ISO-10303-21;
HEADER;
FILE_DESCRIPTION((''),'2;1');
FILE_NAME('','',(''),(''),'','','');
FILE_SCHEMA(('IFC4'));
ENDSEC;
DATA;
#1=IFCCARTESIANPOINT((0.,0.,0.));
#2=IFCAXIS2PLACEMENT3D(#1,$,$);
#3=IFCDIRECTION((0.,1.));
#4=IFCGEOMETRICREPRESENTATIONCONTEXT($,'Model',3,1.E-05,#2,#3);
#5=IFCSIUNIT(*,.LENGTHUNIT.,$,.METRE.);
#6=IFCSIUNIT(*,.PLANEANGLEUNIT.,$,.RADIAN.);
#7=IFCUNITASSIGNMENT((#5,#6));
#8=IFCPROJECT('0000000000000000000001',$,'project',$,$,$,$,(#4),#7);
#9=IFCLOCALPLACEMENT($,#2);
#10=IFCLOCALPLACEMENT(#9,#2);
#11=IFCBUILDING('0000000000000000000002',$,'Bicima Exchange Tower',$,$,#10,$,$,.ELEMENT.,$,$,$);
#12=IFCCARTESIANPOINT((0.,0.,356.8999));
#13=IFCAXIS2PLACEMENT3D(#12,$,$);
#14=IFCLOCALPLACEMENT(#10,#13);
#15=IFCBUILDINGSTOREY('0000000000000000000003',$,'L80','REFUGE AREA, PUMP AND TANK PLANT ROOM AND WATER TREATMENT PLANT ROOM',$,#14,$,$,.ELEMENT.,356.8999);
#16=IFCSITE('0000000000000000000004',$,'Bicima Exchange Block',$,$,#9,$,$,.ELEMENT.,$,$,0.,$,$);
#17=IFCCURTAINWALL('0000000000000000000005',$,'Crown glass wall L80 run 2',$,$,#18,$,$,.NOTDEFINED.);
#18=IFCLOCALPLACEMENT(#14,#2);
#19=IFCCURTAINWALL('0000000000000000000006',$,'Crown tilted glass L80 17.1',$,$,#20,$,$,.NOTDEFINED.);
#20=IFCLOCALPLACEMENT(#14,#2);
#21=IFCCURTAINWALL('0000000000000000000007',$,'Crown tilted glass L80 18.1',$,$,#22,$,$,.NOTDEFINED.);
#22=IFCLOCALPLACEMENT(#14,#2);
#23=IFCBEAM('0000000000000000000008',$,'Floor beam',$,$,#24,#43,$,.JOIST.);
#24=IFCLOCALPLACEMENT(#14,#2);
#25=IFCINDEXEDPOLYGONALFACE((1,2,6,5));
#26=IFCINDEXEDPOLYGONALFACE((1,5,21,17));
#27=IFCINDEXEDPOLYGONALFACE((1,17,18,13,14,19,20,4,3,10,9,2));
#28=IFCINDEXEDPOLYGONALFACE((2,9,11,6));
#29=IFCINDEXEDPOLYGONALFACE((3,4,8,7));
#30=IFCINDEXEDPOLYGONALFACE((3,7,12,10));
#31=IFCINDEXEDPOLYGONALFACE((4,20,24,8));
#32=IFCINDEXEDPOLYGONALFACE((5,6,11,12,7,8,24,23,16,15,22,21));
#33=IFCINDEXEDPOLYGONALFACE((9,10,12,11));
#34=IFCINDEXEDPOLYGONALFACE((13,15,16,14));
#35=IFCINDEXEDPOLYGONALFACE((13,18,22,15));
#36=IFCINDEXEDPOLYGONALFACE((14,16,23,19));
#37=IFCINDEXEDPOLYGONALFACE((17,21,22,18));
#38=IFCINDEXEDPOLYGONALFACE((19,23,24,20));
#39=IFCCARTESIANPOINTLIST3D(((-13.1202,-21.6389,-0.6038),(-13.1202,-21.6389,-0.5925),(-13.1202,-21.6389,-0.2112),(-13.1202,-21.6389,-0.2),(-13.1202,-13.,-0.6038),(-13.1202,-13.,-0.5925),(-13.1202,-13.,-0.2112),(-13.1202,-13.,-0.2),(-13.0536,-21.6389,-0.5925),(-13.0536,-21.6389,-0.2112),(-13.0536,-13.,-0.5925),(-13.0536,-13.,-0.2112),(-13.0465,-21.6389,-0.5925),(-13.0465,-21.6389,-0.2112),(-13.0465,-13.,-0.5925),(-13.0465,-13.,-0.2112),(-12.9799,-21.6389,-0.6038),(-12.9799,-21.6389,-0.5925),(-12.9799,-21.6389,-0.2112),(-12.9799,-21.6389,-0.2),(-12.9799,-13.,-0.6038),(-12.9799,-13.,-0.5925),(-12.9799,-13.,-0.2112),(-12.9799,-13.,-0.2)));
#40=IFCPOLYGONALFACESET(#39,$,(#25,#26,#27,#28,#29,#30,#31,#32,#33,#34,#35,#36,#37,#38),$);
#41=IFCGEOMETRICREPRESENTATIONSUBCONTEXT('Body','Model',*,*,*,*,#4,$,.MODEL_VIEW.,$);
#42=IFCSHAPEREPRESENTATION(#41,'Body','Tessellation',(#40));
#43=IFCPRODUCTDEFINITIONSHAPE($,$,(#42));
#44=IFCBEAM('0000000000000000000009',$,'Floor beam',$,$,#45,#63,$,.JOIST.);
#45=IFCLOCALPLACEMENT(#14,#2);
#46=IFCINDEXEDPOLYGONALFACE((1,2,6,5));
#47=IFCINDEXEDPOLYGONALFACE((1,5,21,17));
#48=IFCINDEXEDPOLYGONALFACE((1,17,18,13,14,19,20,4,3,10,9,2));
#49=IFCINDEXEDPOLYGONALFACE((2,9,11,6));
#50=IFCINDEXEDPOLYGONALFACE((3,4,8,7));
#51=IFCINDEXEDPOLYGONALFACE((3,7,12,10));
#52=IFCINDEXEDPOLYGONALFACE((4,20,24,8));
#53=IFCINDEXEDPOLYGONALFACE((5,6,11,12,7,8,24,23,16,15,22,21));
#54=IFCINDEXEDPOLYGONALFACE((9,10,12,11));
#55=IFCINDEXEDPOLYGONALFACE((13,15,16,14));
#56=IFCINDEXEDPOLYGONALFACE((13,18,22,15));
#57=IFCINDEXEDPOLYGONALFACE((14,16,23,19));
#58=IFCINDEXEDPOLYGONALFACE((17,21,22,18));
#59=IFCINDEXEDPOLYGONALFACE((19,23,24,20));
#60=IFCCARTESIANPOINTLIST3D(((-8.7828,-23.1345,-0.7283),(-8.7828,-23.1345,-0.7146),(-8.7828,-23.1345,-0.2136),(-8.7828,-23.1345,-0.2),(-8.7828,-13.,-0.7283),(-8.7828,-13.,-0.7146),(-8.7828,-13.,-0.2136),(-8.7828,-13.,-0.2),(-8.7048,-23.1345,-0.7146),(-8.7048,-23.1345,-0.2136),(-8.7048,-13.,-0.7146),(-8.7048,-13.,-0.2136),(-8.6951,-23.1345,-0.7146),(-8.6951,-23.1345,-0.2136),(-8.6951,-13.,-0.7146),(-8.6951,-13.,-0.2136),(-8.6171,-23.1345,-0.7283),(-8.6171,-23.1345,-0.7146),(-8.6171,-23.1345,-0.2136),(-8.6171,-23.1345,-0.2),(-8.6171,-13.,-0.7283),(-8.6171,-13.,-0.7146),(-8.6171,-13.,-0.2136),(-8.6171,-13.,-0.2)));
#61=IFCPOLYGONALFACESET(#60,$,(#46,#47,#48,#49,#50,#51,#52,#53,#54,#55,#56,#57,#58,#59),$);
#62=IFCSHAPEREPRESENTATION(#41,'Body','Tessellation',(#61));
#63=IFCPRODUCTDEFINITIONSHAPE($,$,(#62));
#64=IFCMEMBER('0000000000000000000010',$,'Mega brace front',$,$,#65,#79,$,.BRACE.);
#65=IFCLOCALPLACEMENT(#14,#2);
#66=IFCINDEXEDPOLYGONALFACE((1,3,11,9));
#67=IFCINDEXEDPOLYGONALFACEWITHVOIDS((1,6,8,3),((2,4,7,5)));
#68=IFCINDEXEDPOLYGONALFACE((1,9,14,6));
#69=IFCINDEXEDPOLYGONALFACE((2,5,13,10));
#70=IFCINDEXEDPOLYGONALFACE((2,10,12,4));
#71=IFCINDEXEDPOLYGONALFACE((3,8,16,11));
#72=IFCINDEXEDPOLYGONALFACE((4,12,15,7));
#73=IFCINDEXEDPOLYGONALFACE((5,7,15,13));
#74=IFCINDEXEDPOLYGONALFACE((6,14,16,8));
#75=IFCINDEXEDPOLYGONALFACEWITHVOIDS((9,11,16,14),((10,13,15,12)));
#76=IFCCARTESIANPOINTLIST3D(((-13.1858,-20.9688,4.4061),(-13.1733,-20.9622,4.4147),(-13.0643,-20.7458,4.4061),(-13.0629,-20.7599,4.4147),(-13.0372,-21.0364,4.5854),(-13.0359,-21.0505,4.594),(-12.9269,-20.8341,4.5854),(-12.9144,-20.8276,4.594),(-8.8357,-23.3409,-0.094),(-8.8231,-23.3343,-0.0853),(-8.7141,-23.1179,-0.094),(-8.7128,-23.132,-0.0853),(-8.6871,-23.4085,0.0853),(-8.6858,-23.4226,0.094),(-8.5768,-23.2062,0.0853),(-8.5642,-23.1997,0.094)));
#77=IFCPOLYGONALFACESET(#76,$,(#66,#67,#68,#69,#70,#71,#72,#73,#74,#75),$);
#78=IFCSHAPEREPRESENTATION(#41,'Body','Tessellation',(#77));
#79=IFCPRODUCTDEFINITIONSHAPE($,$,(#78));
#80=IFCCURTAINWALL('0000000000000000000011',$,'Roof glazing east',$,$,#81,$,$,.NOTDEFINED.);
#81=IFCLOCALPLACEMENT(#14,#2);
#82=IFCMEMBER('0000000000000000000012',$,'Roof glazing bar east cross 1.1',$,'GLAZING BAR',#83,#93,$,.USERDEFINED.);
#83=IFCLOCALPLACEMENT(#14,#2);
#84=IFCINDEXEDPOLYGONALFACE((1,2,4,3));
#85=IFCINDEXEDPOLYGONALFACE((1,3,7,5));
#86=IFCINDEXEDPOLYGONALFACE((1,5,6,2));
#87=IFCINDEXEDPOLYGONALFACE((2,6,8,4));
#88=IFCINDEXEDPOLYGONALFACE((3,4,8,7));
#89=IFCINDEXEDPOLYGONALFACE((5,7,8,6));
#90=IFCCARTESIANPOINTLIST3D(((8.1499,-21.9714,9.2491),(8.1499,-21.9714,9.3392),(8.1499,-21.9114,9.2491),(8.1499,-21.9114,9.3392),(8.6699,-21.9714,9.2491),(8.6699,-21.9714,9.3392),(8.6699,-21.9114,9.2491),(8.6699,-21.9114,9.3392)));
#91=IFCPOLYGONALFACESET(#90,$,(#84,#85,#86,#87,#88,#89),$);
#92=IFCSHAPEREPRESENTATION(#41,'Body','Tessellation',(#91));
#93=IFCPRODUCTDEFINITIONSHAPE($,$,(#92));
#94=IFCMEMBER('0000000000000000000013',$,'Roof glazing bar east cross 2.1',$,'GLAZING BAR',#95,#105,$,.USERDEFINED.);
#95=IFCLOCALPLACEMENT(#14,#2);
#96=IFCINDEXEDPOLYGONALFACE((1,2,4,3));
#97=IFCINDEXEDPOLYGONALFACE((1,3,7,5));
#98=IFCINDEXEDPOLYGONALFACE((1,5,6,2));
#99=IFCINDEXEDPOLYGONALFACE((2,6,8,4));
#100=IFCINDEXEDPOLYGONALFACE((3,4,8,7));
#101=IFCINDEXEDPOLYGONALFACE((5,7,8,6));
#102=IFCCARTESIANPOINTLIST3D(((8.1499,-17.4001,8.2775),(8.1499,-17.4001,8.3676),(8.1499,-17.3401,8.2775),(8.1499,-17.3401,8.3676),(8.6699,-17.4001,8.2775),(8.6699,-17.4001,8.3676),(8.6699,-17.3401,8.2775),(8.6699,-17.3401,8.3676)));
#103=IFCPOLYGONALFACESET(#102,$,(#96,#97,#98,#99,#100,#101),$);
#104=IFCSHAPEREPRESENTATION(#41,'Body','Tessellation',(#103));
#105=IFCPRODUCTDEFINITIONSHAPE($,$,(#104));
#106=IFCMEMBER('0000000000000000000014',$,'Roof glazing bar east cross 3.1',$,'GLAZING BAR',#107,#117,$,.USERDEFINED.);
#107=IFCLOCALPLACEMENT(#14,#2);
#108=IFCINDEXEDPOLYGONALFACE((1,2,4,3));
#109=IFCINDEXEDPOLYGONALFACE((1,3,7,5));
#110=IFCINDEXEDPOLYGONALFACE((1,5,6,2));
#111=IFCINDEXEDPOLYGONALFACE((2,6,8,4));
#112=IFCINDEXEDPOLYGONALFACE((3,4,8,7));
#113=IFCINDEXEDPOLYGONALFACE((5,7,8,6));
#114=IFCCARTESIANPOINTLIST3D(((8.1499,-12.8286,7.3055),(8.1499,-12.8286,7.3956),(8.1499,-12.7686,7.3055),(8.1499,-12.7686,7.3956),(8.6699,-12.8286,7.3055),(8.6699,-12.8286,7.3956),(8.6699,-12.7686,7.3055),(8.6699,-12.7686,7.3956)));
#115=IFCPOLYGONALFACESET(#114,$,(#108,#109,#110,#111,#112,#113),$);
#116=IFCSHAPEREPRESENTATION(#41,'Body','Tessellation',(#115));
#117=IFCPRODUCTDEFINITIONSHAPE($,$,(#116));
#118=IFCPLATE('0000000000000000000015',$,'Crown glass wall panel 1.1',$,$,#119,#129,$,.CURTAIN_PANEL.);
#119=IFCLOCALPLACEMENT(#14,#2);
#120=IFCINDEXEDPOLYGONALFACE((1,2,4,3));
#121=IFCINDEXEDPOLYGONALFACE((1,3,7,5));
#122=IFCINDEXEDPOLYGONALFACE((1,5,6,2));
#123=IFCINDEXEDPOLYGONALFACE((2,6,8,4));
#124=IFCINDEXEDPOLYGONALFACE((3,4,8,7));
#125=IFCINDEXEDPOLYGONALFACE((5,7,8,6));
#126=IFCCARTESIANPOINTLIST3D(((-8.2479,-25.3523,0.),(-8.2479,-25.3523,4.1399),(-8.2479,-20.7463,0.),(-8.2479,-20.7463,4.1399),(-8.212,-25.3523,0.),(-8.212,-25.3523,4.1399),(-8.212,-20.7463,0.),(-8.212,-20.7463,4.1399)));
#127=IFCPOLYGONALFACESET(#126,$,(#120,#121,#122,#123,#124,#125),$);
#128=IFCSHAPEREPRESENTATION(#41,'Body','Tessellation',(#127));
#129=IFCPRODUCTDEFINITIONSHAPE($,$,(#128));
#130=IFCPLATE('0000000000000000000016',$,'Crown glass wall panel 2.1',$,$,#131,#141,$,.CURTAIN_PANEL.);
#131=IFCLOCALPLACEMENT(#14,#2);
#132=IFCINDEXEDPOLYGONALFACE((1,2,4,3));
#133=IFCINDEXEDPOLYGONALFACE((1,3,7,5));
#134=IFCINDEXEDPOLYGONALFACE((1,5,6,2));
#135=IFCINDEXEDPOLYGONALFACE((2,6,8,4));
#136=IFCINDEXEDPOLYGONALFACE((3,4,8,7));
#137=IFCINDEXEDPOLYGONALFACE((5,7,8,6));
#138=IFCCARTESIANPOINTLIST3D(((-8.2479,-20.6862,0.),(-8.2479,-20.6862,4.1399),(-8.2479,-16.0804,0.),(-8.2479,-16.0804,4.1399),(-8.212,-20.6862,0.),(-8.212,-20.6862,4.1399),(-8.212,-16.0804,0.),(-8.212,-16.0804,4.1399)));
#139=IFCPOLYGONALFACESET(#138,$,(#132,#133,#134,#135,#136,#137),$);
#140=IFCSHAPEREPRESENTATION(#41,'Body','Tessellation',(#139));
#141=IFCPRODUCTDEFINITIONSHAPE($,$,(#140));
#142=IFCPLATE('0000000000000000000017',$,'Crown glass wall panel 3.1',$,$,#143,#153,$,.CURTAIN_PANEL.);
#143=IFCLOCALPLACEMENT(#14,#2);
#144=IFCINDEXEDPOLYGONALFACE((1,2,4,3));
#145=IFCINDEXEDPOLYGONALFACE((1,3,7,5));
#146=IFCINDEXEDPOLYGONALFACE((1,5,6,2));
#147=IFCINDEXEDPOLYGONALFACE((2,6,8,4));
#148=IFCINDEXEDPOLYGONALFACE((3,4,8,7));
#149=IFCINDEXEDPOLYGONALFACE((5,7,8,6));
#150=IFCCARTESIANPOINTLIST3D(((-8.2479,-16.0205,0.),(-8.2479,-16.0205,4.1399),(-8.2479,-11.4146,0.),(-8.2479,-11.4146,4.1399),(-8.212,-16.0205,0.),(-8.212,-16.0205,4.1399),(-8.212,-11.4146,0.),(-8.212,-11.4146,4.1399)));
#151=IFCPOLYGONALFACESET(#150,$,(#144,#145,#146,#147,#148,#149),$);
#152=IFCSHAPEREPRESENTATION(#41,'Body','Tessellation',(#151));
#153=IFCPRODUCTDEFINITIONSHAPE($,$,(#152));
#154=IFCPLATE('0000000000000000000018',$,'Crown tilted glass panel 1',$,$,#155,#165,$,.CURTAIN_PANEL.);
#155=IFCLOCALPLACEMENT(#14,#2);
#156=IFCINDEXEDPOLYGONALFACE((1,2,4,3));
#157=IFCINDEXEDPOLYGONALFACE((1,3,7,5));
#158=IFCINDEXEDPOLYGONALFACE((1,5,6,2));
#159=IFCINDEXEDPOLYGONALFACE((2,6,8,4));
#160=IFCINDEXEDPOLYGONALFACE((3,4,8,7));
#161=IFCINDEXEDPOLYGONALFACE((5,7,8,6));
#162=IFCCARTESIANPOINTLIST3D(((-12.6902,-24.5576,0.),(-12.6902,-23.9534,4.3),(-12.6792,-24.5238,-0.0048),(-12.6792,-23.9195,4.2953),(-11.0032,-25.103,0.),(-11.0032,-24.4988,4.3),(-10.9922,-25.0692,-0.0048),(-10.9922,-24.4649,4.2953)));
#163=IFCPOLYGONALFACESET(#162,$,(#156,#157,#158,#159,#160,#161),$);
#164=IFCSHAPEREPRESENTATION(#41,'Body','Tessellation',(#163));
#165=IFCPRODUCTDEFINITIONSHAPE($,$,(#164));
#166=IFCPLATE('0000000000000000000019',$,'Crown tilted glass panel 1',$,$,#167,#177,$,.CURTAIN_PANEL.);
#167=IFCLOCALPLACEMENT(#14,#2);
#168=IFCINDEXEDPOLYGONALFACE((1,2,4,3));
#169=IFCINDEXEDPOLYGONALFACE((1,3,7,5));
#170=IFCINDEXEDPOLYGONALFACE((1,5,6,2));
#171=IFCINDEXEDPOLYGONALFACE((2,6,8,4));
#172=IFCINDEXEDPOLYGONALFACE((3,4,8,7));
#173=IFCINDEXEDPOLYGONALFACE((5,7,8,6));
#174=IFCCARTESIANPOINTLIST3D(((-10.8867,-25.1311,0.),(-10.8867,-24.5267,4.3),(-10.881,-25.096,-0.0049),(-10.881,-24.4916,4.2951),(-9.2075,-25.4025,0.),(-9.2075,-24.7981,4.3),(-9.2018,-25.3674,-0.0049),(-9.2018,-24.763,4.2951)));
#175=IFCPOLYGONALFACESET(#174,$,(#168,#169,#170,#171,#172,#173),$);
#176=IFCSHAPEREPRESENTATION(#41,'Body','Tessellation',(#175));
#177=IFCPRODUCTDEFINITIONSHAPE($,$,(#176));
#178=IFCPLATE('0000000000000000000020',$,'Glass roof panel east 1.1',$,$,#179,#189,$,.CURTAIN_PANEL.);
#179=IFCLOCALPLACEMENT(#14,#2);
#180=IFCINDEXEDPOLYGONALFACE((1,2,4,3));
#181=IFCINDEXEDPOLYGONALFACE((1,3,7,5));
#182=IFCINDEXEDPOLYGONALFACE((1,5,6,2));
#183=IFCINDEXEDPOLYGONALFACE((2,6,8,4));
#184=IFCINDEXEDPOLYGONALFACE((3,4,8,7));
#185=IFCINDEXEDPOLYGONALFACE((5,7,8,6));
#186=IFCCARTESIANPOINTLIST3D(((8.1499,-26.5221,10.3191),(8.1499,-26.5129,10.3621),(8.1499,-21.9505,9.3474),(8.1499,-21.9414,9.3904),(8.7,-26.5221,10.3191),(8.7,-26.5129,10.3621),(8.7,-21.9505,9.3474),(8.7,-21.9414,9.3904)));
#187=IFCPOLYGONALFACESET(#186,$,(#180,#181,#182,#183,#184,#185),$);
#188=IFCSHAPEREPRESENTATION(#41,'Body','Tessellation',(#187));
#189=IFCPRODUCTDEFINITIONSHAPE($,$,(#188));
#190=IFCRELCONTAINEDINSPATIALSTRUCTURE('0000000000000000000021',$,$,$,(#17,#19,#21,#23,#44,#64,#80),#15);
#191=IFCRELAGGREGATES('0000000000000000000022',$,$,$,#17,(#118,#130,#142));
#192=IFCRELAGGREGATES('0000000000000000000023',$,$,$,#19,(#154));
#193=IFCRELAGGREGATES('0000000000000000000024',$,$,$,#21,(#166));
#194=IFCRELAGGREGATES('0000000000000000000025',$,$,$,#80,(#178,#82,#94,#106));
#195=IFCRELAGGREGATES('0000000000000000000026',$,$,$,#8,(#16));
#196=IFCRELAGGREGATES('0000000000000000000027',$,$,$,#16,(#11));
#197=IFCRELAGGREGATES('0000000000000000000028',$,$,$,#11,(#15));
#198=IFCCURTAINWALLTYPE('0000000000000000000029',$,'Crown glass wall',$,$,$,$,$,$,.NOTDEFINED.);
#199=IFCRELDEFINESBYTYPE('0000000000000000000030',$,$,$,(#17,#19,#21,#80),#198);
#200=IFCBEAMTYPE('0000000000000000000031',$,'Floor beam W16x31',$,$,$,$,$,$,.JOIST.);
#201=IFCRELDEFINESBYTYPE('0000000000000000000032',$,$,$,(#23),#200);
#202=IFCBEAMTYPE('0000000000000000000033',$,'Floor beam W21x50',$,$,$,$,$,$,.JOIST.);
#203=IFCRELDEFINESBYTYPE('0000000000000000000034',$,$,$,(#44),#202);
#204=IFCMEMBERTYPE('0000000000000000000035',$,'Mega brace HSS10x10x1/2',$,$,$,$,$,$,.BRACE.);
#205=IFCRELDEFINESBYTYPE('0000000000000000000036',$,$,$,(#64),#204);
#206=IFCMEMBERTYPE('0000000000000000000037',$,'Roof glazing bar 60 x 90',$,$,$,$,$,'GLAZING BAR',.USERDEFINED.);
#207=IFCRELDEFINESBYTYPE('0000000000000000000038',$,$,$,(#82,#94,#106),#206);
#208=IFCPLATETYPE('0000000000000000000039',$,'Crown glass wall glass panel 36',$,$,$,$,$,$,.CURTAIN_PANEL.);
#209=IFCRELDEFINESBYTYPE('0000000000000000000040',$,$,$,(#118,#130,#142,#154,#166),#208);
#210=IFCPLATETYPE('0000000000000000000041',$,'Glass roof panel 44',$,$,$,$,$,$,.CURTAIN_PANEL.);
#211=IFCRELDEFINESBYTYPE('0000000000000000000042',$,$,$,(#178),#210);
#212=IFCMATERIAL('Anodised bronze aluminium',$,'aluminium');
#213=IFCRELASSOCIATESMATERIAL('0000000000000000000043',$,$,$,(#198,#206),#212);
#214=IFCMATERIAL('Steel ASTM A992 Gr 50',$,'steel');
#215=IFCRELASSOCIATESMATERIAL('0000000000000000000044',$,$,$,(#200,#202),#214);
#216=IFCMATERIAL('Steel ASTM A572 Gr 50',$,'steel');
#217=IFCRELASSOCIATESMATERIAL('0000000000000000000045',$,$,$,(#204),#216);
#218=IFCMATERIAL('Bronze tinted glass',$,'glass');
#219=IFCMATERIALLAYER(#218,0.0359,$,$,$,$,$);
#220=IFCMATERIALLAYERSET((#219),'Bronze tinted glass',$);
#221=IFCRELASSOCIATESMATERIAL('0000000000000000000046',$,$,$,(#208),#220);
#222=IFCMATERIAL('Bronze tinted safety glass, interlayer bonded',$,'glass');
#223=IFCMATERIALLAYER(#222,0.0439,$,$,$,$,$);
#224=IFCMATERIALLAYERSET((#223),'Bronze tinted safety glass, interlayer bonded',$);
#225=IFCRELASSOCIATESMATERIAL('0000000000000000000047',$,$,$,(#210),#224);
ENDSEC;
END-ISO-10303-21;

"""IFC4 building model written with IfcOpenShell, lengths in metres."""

from ifc_helpers import new_model, si_unit, direction, frame, origin, origin_2d, place, context, subcontext, project, spatial, polyline, rectangle, hollow_rectangle, i_section, outline, extrude, material, layer, layer_set, material_profile, profile_set, type_object, element, aggregate, save


model = new_model("IFC4")

# Units and contexts
model_context = context("Model", 3, precision=1e-05, world=origin(), true_north=direction((0.0, 1.0)))
body_context = subcontext(model_context, "Body", "Model", "MODEL_VIEW")
ifc_project = project(units=[si_unit("LENGTHUNIT", "METRE"), si_unit("PLANEANGLEUNIT", "RADIAN")], contexts=[model_context])

# Site, building, storey
site_placement = place(None, origin())
site = spatial("IfcSite", under=ifc_project, at=site_placement, Name="Bicima Exchange Block", CompositionType="ELEMENT", RefElevation=0.0)
building_placement = place(site_placement, origin())
building = spatial("IfcBuilding", under=site, at=building_placement, Name="Bicima Exchange Tower", CompositionType="ELEMENT")
storey_placement = place(building_placement, frame((0.0, 0.0, 356.8999)))
storey = spatial("IfcBuildingStorey", under=building, at=storey_placement, Name="L80", Description="REFUGE AREA, PUMP AND TANK PLANT ROOM AND WATER TREATMENT PLANT ROOM", CompositionType="ELEMENT", Elevation=356.8999)

# Shared definitions
ifc_material_1 = material(Name="Steel ASTM A992 Gr 50", Category="steel")

# Curtain wall
ifc_material_2 = material(Name="Anodised bronze aluminium", Category="aluminium")
curtain_wall_type = type_object("IfcCurtainWallType", Name="Crown glass wall", PredefinedType="NOTDEFINED", material=ifc_material_2)
curtain_wall_1_placement = place(storey_placement, origin())
curtain_wall_1 = element("IfcCurtainWall", 1, at=curtain_wall_1_placement, inside=storey, type_object=curtain_wall_type, Name="Crown glass wall L80 run 2", PredefinedType="NOTDEFINED")

# Curtain walls
curtain_wall_2_placement = place(storey_placement, origin())
curtain_wall_2 = element("IfcCurtainWall", 2, at=curtain_wall_2_placement, inside=storey, type_object=curtain_wall_type, Name="Crown tilted glass L80 17.1", PredefinedType="NOTDEFINED")
curtain_wall_3_placement = place(storey_placement, origin())
curtain_wall_3 = element("IfcCurtainWall", 3, at=curtain_wall_3_placement, inside=storey, type_object=curtain_wall_type, Name="Crown tilted glass L80 18.1", PredefinedType="NOTDEFINED")

# Beams
ifc_material_profile_1 = material_profile(ifc_material_1, i_section(OverallWidth=0.1404, OverallDepth=0.4038, WebThickness=0.0071, FlangeThickness=0.0112, at=origin_2d()))
ifc_profile_set_1 = profile_set([ifc_material_profile_1], Name="Steel ASTM A992 Gr 50")
beam_type_1 = type_object("IfcBeamType", Name="Floor beam W16x31", PredefinedType="JOIST", material=ifc_profile_set_1)
beam_1_placement = place(storey_placement, frame((-13.05, -13.0, -0.4019), z_axis=(0.0, -1.0, 0.0), x_axis=(1.0, 0.0, 0.0)))
element("IfcBeam", 4, at=beam_1_placement, inside=storey, type_object=beam_type_1, Name="Floor beam", PredefinedType="JOIST", context=body_context, shape_type="SweptSolid", body=[
    extrude(i_section(OverallWidth=0.1404, OverallDepth=0.4038, WebThickness=0.0071, FlangeThickness=0.0112, at=origin_2d()), origin(), (0.0, 0.0, 1.0), 8.6389),
])
ifc_material_profile_2 = material_profile(ifc_material_1, i_section(OverallWidth=0.1658, OverallDepth=0.5283, WebThickness=0.0098, FlangeThickness=0.0137, at=origin_2d()))
ifc_profile_set_2 = profile_set([ifc_material_profile_2], Name="Steel ASTM A992 Gr 50")
beam_type_2 = type_object("IfcBeamType", Name="Floor beam W21x50", PredefinedType="JOIST", material=ifc_profile_set_2)
beam_2_placement = place(storey_placement, frame((-8.7, -13.0, -0.4641), z_axis=(0.0, -1.0, 0.0), x_axis=(1.0, 0.0, 0.0)))
element("IfcBeam", 5, at=beam_2_placement, inside=storey, type_object=beam_type_2, Name="Floor beam", PredefinedType="JOIST", context=body_context, shape_type="SweptSolid", body=[
    extrude(i_section(OverallWidth=0.1658, OverallDepth=0.5283, WebThickness=0.0098, FlangeThickness=0.0137, at=origin_2d()), origin(), (0.0, 0.0, 1.0), 10.1345),
])

# Member
ifc_material_3 = material(Name="Steel ASTM A572 Gr 50", Category="steel")
ifc_material_profile_3 = material_profile(ifc_material_3, hollow_rectangle(XDim=0.2539, YDim=0.2539, WallThickness=0.0117, at=origin_2d()))
ifc_profile_set_3 = profile_set([ifc_material_profile_3], Name="Steel ASTM A572 Gr 50")
member_type_1 = type_object("IfcMemberType", Name="Mega brace HSS10x10x1/2", PredefinedType="BRACE", material=ifc_profile_set_3)
member_1_placement = place(storey_placement, frame((-8.7, -23.2703, 0.0), z_axis=(-0.64992, 0.354396, 0.672316), x_axis=(-0.478742, -0.877956, 0.0)))
element("IfcMember", 6, at=member_1_placement, inside=storey, type_object=member_type_1, Name="Mega brace front", PredefinedType="BRACE", context=body_context, shape_type="SweptSolid", body=[
    extrude(hollow_rectangle(XDim=0.2539, YDim=0.2539, WallThickness=0.0117, at=origin_2d()), origin(), (0.0, 0.0, 1.0), 6.6934),
])

# Curtain wall, members
curtain_wall_4_placement = place(storey_placement, origin())
curtain_wall_4 = element("IfcCurtainWall", 7, at=curtain_wall_4_placement, inside=storey, type_object=curtain_wall_type, Name="Roof glazing east", PredefinedType="NOTDEFINED")
ifc_material_profile_4 = material_profile(ifc_material_2, rectangle(XDim=0.0601, YDim=0.0901, at=origin_2d()))
ifc_profile_set_4 = profile_set([ifc_material_profile_4], Name="Anodised bronze aluminium")
member_type_2 = type_object("IfcMemberType", Name="Roof glazing bar 60 x 90", ElementType="GLAZING BAR", PredefinedType="USERDEFINED", material=ifc_profile_set_4)
member_2_placement = place(storey_placement, frame((8.1499, -21.9414, 9.2942), z_axis=(1.0, 0.0, 0.0), x_axis=(0.0, 1.0, 0.0)))
member_2 = element("IfcMember", 8, at=member_2_placement, type_object=member_type_2, Name="Roof glazing bar east cross 1.1", ObjectType="GLAZING BAR", PredefinedType="USERDEFINED", context=body_context, shape_type="SweptSolid", body=[
    extrude(rectangle(XDim=0.0601, YDim=0.0901, at=origin_2d()), origin(), (0.0, 0.0, 1.0), 0.52),
])
member_3_placement = place(storey_placement, frame((8.1499, -17.3701, 8.3225), z_axis=(1.0, 0.0, 0.0), x_axis=(0.0, 1.0, 0.0)))
member_3 = element("IfcMember", 9, at=member_3_placement, type_object=member_type_2, Name="Roof glazing bar east cross 2.1", ObjectType="GLAZING BAR", PredefinedType="USERDEFINED", context=body_context, shape_type="SweptSolid", body=[
    extrude(rectangle(XDim=0.0601, YDim=0.0901, at=origin_2d()), origin(), (0.0, 0.0, 1.0), 0.52),
])
member_4_placement = place(storey_placement, frame((8.1499, -12.7986, 7.3506), z_axis=(1.0, 0.0, 0.0), x_axis=(0.0, 1.0, 0.0)))
member_4 = element("IfcMember", 10, at=member_4_placement, type_object=member_type_2, Name="Roof glazing bar east cross 3.1", ObjectType="GLAZING BAR", PredefinedType="USERDEFINED", context=body_context, shape_type="SweptSolid", body=[
    extrude(rectangle(XDim=0.0601, YDim=0.0901, at=origin_2d()), origin(), (0.0, 0.0, 1.0), 0.52),
])

# Plates
ifc_material_4 = material(Name="Bronze tinted glass", Category="glass")
ifc_layer_1 = layer(ifc_material_4, 0.0359)
ifc_layer_set_1 = layer_set([ifc_layer_1], Name="Bronze tinted glass")
plate_type_1 = type_object("IfcPlateType", Name="Crown glass wall glass panel 36", PredefinedType="CURTAIN_PANEL", material=ifc_layer_set_1)
plate_1_placement = place(storey_placement, frame((-8.23, -23.0493, 0.0), z_axis=(0.0, 0.0, 1.0), x_axis=(0.0, 1.0, 0.0)))
plate_1 = element("IfcPlate", 11, at=plate_1_placement, type_object=plate_type_1, Name="Crown glass wall panel 1.1", PredefinedType="CURTAIN_PANEL", context=body_context, shape_type="SweptSolid", body=[
    extrude(rectangle(XDim=4.606, YDim=0.0359, at=origin_2d()), origin(), (0.0, 0.0, 1.0), 4.1399),
])
plate_2_placement = place(storey_placement, frame((-8.23, -18.3833, 0.0), z_axis=(0.0, 0.0, 1.0), x_axis=(0.0, 1.0, 0.0)))
plate_2 = element("IfcPlate", 12, at=plate_2_placement, type_object=plate_type_1, Name="Crown glass wall panel 2.1", PredefinedType="CURTAIN_PANEL", context=body_context, shape_type="SweptSolid", body=[
    extrude(rectangle(XDim=4.6057, YDim=0.0359, at=origin_2d()), origin(), (0.0, 0.0, 1.0), 4.1399),
])
plate_3_placement = place(storey_placement, frame((-8.23, -13.7175, 0.0), z_axis=(0.0, 0.0, 1.0), x_axis=(0.0, 1.0, 0.0)))
plate_3 = element("IfcPlate", 13, at=plate_3_placement, type_object=plate_type_1, Name="Crown glass wall panel 3.1", PredefinedType="CURTAIN_PANEL", context=body_context, shape_type="SweptSolid", body=[
    extrude(rectangle(XDim=4.606, YDim=0.0359, at=origin_2d()), origin(), (0.0, 0.0, 1.0), 4.1399),
])
aggregate(curtain_wall_1, [plate_1, plate_2, plate_3])
plate_4_placement = place(storey_placement, frame((-12.6902, -24.5576, 0.0), z_axis=(-0.304909, -0.943116, 0.132528), x_axis=(0.951509, -0.307622, 0.0)))
plate_4 = element("IfcPlate", 14, at=plate_4_placement, type_object=plate_type_1, Name="Crown tilted glass panel 1", PredefinedType="CURTAIN_PANEL", context=body_context, shape_type="SweptSolid", body=[
    extrude(outline(polyline([(0.0, 0.0), (1.773, 0.0), (1.5871, 4.3383), (-0.1859, 4.3383), (0.0, 0.0)])), origin(), (0.0, 0.0, -1.0), 0.0359),
])
aggregate(curtain_wall_2, [plate_4])
plate_5_placement = place(storey_placement, frame((-10.8867, -25.1311, 0.0), z_axis=(-0.158019, -0.977825, 0.137433), x_axis=(0.987192, -0.159534, -0.00001)))
plate_5 = element("IfcPlate", 15, at=plate_5_placement, type_object=plate_type_1, Name="Crown tilted glass panel 1", PredefinedType="CURTAIN_PANEL", context=body_context, shape_type="SweptSolid", body=[
    extrude(outline(polyline([(0.0, 0.0), (1.701, 0.0), (1.6045, 4.3413), (-0.0964, 4.3412), (0.0, 0.0)])), origin(), (0.0, 0.0, -1.0), 0.0359),
])
aggregate(curtain_wall_3, [plate_5])
ifc_material_5 = material(Name="Bronze tinted safety glass, interlayer bonded", Category="glass")
ifc_layer_2 = layer(ifc_material_5, 0.0439)
ifc_layer_set_2 = layer_set([ifc_layer_2], Name="Bronze tinted safety glass, interlayer bonded")
plate_type_2 = type_object("IfcPlateType", Name="Glass roof panel 44", PredefinedType="CURTAIN_PANEL", material=ifc_layer_set_2)
plate_6_placement = place(storey_placement, frame((8.1499, -21.9414, 9.3904), z_axis=(0.0, 0.207906, 0.978149), x_axis=(1.0, 0.0, 0.0)))
plate_6 = element("IfcPlate", 16, at=plate_6_placement, type_object=plate_type_2, Name="Glass roof panel east 1.1", PredefinedType="CURTAIN_PANEL", context=body_context, shape_type="SweptSolid", body=[
    extrude(outline(polyline([(0.0, 0.0), (0.55, 0.0), (0.55, -4.6737), (0.0, -4.6737), (0.0, 0.0)])), origin(), (0.0, 0.0, -1.0), 0.0439),
])
aggregate(curtain_wall_4, [plate_6, member_2, member_3, member_4])

save(model, "model.ifc")
